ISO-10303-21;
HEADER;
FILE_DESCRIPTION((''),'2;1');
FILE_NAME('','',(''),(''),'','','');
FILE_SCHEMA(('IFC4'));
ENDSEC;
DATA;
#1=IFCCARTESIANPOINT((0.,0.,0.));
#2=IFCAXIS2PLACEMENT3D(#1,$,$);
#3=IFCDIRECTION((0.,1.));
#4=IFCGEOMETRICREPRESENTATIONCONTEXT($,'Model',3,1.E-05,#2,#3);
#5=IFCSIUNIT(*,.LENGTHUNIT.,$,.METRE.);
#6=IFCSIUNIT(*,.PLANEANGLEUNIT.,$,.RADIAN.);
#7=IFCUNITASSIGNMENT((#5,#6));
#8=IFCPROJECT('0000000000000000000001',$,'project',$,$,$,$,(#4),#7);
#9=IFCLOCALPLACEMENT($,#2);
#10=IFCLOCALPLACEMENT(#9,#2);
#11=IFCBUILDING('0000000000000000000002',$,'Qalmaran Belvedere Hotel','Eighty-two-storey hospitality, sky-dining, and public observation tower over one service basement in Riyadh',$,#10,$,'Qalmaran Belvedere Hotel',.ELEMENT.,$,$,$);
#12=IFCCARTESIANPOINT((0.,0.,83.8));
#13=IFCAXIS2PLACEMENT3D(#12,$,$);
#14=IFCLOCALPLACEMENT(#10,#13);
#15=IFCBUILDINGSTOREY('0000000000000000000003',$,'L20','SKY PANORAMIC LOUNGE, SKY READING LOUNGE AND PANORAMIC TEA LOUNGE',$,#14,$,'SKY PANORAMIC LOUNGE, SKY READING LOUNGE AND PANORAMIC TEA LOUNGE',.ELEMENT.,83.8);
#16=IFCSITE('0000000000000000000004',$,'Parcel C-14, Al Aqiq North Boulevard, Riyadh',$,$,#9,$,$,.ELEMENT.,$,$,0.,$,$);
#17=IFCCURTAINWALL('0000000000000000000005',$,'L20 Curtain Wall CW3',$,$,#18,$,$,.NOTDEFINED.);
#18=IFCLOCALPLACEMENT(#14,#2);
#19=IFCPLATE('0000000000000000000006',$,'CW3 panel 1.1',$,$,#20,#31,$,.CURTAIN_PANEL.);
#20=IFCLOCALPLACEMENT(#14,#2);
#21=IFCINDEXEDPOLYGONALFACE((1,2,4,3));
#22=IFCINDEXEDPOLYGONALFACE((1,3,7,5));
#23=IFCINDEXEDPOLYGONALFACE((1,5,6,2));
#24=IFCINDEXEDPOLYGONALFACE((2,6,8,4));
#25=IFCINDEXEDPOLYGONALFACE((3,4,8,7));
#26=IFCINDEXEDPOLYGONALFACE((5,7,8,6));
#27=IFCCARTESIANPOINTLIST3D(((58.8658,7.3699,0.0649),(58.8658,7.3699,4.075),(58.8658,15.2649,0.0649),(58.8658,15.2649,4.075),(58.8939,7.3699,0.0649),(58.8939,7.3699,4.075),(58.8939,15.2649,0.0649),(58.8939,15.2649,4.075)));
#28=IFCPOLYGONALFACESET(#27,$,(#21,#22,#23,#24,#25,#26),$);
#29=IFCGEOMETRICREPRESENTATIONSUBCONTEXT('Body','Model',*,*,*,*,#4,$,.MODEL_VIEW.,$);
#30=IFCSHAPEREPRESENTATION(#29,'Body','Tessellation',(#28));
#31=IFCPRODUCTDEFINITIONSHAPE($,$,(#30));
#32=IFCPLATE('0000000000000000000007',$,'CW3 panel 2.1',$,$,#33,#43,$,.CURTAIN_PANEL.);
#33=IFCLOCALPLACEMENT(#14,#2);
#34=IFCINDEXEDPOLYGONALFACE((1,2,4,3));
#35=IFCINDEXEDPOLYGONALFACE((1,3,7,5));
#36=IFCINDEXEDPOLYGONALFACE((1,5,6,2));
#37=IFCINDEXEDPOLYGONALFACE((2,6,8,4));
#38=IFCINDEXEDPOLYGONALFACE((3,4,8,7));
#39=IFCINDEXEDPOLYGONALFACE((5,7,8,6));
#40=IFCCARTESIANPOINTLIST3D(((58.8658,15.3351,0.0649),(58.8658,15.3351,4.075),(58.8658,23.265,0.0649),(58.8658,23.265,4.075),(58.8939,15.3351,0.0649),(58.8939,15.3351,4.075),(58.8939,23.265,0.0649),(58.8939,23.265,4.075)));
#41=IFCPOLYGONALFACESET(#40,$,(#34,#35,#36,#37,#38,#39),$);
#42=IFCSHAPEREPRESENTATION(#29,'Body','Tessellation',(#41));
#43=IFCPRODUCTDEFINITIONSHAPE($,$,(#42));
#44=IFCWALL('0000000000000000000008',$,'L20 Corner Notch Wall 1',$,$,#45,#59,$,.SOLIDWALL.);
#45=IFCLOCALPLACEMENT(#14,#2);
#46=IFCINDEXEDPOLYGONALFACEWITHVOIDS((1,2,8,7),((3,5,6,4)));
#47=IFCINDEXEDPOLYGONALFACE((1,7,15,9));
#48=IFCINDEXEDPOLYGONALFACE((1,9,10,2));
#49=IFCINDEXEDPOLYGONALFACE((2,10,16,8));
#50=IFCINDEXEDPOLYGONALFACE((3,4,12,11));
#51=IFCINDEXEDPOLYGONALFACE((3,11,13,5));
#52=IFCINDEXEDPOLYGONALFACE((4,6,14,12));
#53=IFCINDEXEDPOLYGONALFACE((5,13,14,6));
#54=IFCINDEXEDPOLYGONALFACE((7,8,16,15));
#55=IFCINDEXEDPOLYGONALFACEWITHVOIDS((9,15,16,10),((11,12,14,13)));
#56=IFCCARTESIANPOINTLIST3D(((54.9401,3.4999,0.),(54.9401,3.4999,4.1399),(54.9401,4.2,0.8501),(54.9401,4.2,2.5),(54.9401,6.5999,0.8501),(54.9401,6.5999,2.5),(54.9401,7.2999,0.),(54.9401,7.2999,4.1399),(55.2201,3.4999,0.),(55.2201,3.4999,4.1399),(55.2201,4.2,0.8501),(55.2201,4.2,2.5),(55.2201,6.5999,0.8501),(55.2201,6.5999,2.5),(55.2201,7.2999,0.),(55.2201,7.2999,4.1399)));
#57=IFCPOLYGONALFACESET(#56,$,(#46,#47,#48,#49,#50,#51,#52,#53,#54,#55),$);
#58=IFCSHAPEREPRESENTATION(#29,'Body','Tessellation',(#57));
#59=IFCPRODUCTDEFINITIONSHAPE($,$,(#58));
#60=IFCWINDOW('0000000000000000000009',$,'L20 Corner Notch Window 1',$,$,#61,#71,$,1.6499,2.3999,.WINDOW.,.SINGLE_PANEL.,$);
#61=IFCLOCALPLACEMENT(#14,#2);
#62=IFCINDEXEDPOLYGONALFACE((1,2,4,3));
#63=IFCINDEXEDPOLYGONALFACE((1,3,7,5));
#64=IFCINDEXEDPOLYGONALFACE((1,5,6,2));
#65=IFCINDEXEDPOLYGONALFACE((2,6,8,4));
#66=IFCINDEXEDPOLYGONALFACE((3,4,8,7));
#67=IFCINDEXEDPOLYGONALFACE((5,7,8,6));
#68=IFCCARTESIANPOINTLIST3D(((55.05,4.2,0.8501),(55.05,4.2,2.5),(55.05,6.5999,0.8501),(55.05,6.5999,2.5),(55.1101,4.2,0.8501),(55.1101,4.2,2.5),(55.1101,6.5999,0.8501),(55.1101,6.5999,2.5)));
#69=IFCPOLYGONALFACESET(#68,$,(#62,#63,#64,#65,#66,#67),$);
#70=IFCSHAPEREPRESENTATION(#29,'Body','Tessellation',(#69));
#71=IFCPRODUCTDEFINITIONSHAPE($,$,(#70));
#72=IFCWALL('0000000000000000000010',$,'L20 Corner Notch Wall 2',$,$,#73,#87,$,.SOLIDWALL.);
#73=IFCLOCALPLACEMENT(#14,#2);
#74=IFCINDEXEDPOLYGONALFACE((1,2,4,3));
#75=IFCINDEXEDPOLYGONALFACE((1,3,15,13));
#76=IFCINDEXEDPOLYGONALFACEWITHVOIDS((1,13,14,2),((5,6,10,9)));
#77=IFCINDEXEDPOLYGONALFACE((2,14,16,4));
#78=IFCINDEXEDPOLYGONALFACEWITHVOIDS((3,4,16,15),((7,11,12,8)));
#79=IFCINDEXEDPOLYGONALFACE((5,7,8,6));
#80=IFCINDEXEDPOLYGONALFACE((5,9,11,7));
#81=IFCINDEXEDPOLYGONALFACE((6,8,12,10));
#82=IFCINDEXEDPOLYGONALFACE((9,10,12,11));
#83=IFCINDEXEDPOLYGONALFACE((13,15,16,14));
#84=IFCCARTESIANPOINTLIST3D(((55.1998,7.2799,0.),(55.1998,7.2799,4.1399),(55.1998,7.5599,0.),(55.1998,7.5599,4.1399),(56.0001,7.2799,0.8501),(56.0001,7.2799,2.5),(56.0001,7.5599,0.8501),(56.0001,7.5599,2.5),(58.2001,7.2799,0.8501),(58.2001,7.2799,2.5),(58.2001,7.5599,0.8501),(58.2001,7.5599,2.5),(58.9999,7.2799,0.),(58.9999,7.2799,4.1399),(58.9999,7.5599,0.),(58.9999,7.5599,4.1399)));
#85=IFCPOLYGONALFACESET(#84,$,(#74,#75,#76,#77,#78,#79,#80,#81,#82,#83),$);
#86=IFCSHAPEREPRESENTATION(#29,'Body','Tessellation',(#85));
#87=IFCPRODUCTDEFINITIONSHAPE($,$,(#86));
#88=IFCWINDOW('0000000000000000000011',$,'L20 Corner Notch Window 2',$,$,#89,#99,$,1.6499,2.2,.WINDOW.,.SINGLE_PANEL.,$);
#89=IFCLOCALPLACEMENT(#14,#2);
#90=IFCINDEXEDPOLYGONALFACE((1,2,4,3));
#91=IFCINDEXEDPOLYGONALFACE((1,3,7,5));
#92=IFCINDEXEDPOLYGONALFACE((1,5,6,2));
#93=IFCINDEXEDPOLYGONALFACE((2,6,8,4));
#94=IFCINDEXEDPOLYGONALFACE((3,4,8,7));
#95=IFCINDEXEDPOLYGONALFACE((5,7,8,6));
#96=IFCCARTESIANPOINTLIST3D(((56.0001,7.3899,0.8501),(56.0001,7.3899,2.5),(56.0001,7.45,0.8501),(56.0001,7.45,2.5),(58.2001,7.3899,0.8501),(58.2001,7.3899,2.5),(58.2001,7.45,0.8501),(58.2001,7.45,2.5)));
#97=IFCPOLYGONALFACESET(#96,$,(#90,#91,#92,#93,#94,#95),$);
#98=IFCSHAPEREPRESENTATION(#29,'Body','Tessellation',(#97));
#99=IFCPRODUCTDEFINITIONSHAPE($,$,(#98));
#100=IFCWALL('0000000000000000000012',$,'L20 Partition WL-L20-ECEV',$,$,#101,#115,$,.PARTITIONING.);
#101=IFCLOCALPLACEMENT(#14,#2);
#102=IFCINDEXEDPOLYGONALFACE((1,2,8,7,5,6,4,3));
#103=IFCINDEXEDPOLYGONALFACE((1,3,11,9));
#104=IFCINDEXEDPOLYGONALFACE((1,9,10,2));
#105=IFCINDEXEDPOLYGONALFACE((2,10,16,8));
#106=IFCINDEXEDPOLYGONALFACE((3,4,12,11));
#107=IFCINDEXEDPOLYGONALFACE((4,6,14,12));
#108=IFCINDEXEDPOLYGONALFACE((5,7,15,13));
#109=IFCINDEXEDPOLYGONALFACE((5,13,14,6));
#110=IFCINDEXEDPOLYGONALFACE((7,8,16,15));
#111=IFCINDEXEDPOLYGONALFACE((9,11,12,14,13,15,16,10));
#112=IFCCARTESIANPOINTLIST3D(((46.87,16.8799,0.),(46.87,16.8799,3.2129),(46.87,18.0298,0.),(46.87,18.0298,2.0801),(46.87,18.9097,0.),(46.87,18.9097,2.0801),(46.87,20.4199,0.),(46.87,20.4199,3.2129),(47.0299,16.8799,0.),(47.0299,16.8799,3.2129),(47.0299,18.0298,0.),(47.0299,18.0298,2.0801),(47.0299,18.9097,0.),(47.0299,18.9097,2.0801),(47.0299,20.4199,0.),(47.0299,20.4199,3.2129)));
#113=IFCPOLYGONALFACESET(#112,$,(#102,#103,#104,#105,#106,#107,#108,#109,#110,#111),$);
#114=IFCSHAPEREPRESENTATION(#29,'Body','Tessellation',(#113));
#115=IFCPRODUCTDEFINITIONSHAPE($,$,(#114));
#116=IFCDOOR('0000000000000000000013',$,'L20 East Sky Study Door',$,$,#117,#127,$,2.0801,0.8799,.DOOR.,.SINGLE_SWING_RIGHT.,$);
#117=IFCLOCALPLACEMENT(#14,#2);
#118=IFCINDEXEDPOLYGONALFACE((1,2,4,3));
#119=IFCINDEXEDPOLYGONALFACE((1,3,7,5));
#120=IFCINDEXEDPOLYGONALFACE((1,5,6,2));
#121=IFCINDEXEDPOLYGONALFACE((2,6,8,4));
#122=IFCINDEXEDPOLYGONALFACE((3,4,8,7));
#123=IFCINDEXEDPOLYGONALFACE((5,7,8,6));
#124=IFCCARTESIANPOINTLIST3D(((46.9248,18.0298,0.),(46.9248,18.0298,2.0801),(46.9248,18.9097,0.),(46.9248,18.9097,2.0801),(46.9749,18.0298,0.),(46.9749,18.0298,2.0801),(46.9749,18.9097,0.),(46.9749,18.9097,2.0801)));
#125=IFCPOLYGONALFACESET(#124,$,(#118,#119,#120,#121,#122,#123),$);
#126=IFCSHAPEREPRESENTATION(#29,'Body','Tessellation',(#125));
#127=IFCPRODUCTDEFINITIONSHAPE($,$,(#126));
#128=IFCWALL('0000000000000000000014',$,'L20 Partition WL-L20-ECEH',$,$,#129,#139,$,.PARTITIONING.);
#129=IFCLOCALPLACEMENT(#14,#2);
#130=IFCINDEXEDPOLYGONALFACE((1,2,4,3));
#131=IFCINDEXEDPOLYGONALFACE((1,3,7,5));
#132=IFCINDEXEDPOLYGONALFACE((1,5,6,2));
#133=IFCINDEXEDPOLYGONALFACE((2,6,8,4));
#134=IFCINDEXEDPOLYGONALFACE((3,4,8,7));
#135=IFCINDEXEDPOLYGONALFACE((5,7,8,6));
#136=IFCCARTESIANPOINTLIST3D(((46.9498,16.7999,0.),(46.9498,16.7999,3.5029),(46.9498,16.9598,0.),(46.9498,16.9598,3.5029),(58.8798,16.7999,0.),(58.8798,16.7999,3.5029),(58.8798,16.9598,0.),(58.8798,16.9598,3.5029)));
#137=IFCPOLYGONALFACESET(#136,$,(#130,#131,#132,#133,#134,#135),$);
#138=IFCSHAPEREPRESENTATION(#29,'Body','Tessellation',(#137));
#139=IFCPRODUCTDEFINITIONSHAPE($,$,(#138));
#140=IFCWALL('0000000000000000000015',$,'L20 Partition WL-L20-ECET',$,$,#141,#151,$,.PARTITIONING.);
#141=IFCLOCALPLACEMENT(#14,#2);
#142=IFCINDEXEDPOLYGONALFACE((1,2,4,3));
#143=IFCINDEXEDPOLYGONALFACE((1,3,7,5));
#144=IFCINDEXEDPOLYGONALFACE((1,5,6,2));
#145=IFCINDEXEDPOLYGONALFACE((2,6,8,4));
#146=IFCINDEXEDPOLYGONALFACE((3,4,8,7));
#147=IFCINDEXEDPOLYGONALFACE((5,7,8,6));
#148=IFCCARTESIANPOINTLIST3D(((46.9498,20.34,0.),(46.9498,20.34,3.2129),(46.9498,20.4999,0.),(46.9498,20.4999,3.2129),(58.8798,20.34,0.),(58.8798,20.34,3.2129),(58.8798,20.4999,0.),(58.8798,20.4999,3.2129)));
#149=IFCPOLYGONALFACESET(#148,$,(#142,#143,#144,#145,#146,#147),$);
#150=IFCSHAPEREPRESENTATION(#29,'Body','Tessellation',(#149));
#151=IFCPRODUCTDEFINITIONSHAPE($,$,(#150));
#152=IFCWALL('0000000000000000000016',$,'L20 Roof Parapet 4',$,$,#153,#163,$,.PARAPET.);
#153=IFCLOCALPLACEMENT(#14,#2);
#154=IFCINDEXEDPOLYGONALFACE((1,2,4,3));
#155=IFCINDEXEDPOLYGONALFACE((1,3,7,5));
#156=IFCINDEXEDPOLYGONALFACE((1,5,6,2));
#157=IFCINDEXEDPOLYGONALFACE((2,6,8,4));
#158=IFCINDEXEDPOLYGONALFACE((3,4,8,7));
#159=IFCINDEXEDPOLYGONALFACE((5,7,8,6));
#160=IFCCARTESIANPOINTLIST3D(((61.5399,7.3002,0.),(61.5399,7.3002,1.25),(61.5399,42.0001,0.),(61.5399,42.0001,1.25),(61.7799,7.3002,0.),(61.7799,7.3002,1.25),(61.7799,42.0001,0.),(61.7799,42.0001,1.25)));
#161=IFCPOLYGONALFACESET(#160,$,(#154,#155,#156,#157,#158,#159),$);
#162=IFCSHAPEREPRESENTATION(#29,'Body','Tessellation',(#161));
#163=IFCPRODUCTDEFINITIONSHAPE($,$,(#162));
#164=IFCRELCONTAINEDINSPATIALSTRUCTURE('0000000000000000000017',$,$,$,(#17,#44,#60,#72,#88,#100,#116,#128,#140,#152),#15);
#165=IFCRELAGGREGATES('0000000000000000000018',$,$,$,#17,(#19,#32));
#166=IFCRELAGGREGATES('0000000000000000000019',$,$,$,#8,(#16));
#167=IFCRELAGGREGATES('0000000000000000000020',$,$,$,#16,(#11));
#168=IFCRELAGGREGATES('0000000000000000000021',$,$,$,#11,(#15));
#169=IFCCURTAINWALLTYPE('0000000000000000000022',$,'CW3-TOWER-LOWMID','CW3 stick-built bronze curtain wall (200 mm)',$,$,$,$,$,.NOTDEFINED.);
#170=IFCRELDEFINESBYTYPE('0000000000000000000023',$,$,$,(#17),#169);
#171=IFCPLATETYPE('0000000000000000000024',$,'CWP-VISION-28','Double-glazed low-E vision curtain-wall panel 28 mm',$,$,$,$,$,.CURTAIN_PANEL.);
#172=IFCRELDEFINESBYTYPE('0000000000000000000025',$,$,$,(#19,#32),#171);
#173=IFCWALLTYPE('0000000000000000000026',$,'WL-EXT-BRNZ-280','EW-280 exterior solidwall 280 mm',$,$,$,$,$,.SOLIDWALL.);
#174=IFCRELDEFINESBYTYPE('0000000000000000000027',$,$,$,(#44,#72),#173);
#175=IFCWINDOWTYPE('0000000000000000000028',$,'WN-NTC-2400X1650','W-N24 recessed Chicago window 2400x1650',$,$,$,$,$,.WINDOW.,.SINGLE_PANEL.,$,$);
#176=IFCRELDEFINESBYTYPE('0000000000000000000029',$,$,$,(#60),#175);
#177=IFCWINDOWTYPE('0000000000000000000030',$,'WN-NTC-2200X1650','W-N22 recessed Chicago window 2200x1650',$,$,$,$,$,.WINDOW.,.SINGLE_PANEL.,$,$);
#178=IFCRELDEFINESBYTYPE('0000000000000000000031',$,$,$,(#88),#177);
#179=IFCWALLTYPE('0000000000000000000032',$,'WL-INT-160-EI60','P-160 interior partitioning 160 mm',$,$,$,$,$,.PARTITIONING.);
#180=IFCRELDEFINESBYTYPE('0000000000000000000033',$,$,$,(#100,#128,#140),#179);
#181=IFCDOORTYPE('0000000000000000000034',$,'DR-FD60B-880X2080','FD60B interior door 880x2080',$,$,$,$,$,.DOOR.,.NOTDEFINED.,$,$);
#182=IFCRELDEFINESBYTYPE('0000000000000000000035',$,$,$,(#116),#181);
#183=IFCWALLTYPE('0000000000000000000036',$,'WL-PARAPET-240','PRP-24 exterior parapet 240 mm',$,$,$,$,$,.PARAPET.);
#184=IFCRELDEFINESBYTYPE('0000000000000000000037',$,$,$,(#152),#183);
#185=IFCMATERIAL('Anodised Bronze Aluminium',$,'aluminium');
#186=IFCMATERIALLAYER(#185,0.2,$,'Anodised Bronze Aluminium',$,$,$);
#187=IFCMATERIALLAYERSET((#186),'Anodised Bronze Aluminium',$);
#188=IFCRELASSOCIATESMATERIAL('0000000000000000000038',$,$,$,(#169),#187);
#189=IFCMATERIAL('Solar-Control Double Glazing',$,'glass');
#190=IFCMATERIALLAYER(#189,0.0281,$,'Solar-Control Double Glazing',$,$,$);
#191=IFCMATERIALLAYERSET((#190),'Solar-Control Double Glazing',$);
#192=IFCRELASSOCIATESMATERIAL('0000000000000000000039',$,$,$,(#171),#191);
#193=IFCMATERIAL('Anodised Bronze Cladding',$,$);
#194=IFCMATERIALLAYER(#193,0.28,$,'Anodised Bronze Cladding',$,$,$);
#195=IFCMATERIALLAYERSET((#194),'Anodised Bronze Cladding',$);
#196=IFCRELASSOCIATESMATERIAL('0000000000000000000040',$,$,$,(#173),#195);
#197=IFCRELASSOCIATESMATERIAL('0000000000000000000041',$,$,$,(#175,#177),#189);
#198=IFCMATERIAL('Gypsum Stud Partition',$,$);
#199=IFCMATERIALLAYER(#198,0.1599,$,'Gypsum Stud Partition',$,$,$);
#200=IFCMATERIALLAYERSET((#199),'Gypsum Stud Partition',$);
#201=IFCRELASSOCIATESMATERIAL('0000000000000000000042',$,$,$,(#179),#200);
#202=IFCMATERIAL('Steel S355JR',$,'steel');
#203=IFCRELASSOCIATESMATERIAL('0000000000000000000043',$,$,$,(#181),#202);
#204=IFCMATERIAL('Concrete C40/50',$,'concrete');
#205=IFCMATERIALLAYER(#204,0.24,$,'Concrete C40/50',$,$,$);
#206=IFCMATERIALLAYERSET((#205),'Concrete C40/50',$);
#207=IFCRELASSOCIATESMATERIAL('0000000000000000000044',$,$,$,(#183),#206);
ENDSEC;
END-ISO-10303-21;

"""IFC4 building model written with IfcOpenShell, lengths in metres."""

from ifc_helpers import new_model, si_unit, direction, frame, frame_2d, origin, origin_2d, place, context, subcontext, project, spatial, rectangle, extrude, material, layer, layer_set, type_object, element, fill, aggregate, save


model = new_model("IFC4")

# Units and contexts
model_context = context("Model", 3, precision=1e-05, world=origin(), true_north=direction((0.0, 1.0)))
body_context = subcontext(model_context, "Body", "Model", "MODEL_VIEW")
ifc_project = project(units=[si_unit("LENGTHUNIT", "METRE"), si_unit("PLANEANGLEUNIT", "RADIAN")], contexts=[model_context])

# Site, building, storey
site_placement = place(None, origin())
site = spatial("IfcSite", under=ifc_project, at=site_placement, Name="Parcel C-14, Al Aqiq North Boulevard, Riyadh", CompositionType="ELEMENT", RefElevation=0.0)
building_placement = place(site_placement, origin())
building = spatial("IfcBuilding", under=site, at=building_placement, Name="Qalmaran Belvedere Hotel", Description="Eighty-two-storey hospitality, sky-dining, and public observation tower over one service basement in Riyadh", LongName="Qalmaran Belvedere Hotel", CompositionType="ELEMENT")
storey_placement = place(building_placement, frame((0.0, 0.0, 83.8)))
storey = spatial("IfcBuildingStorey", under=building, at=storey_placement, Name="L20", Description="SKY PANORAMIC LOUNGE, SKY READING LOUNGE AND PANORAMIC TEA LOUNGE", LongName="SKY PANORAMIC LOUNGE, SKY READING LOUNGE AND PANORAMIC TEA LOUNGE", CompositionType="ELEMENT", Elevation=83.8)

# Shared definitions
ifc_material_1 = material(Name="Steel S355JR", Category="steel")

# Shared definitions
ifc_material_2 = material(Name="Anodised Bronze Aluminium", Category="aluminium")
ifc_layer_1 = layer(ifc_material_2, 0.2, Name="Anodised Bronze Aluminium")
ifc_layer_set_1 = layer_set([ifc_layer_1], Name="Anodised Bronze Aluminium")
curtain_wall_type = type_object("IfcCurtainWallType", Name="CW3-TOWER-LOWMID", Description="CW3 stick-built bronze curtain wall (200 mm)", PredefinedType="NOTDEFINED", material=ifc_layer_set_1)

# Curtain wall
curtain_wall_1_placement = place(storey_placement, origin())
curtain_wall_1 = element("IfcCurtainWall", 1, at=curtain_wall_1_placement, inside=storey, type_object=curtain_wall_type, Name="L20 Curtain Wall CW3", PredefinedType="NOTDEFINED")

# Plates
ifc_material_3 = material(Name="Solar-Control Double Glazing", Category="glass")
ifc_layer_2 = layer(ifc_material_3, 0.0281, Name="Solar-Control Double Glazing")
ifc_layer_set_2 = layer_set([ifc_layer_2], Name="Solar-Control Double Glazing")
plate_type = type_object("IfcPlateType", Name="CWP-VISION-28", Description="Double-glazed low-E vision curtain-wall panel 28 mm", PredefinedType="CURTAIN_PANEL", material=ifc_layer_set_2)
plate_1_placement = place(storey_placement, frame((58.8799, 11.3174, 0.0649), z_axis=(0.0, 0.0, 1.0), x_axis=(0.0, 1.0, 0.0)))
plate_1 = element("IfcPlate", 2, at=plate_1_placement, type_object=plate_type, Name="CW3 panel 1.1", PredefinedType="CURTAIN_PANEL", context=body_context, shape_type="SweptSolid", body=[
    extrude(rectangle(XDim=7.895, YDim=0.0281, at=origin_2d()), origin(), (0.0, 0.0, 1.0), 4.01),
])
plate_2_placement = place(storey_placement, frame((58.8799, 19.3, 0.0649), z_axis=(0.0, 0.0, 1.0), x_axis=(0.0, 1.0, 0.0)))
plate_2 = element("IfcPlate", 3, at=plate_2_placement, type_object=plate_type, Name="CW3 panel 2.1", PredefinedType="CURTAIN_PANEL", context=body_context, shape_type="SweptSolid", body=[
    extrude(rectangle(XDim=7.9299, YDim=0.0281, at=origin_2d()), origin(), (0.0, 0.0, 1.0), 4.01),
])
aggregate(curtain_wall_1, [plate_1, plate_2])

# Walls, openings, windows
ifc_material_4 = material(Name="Anodised Bronze Cladding")
ifc_layer_3 = layer(ifc_material_4, 0.28, Name="Anodised Bronze Cladding")
ifc_layer_set_3 = layer_set([ifc_layer_3], Name="Anodised Bronze Cladding")
wall_type_1 = type_object("IfcWallType", Name="WL-EXT-BRNZ-280", Description="EW-280 exterior solidwall 280 mm", PredefinedType="SOLIDWALL", material=ifc_layer_set_3)
wall_1_placement = place(storey_placement, frame((55.0801, 3.5, 0.0), z_axis=(0.0, 0.0, 1.0), x_axis=(0.0, 1.0, 0.0)))
wall_1 = element("IfcWall", 4, at=wall_1_placement, inside=storey, type_object=wall_type_1, Name="L20 Corner Notch Wall 1", PredefinedType="SOLIDWALL", context=body_context, shape_type="SweptSolid", body=[
    extrude(rectangle(XDim=3.8, YDim=0.28, at=frame_2d((1.8999, 0.0))), origin(), (0.0, 0.0, 1.0), 4.1399),
])
opening_1_placement = place(wall_1_placement, frame((0.7, 0.0, 0.8501)))
opening_1 = element("IfcOpeningElement", 5, at=opening_1_placement, cuts=wall_1, PredefinedType="OPENING", context=body_context, shape_type="SweptSolid", body=[
    extrude(rectangle(XDim=2.3999, YDim=1.6499, at=frame_2d((1.2, 0.825))), frame((0.0, 0.1499, 0.0), z_axis=(0.0, -1.0, 0.0), x_axis=(1.0, 0.0, 0.0)), (0.0, 0.0, 1.0), 0.3),
])
window_type_1 = type_object("IfcWindowType", Name="WN-NTC-2400X1650", Description="W-N24 recessed Chicago window 2400x1650", PartitioningType="SINGLE_PANEL", PredefinedType="WINDOW", material=ifc_material_3)
window_1_placement = place(opening_1_placement, origin())
window_1 = element("IfcWindow", 6, at=window_1_placement, inside=storey, type_object=window_type_1, Name="L20 Corner Notch Window 1", OverallHeight=1.6499, OverallWidth=2.3999, PartitioningType="SINGLE_PANEL", PredefinedType="WINDOW", context=body_context, shape_type="SweptSolid", body=[
    extrude(rectangle(XDim=2.3999, YDim=1.6499, at=frame_2d((1.2, 0.825))), frame((0.0, 0.03, 0.0), z_axis=(0.0, -1.0, 0.0), x_axis=(1.0, 0.0, 0.0)), (0.0, 0.0, 1.0), 0.0601),
])
fill(opening_1, window_1)
wall_2_placement = place(storey_placement, frame((55.2, 7.4199, 0.0), z_axis=(0.0, 0.0, 1.0), x_axis=(1.0, 0.0, 0.0)))
wall_2 = element("IfcWall", 7, at=wall_2_placement, inside=storey, type_object=wall_type_1, Name="L20 Corner Notch Wall 2", PredefinedType="SOLIDWALL", context=body_context, shape_type="SweptSolid", body=[
    extrude(rectangle(XDim=3.8, YDim=0.28, at=frame_2d((1.8999, 0.0))), origin(), (0.0, 0.0, 1.0), 4.1399),
])
opening_2_placement = place(wall_2_placement, frame((0.8, 0.0, 0.8501)))
opening_2 = element("IfcOpeningElement", 8, at=opening_2_placement, cuts=wall_2, PredefinedType="OPENING", context=body_context, shape_type="SweptSolid", body=[
    extrude(rectangle(XDim=2.2, YDim=1.6499, at=frame_2d((1.1001, 0.825))), frame((0.0, 0.1499, 0.0), z_axis=(0.0, -1.0, 0.0), x_axis=(1.0, 0.0, 0.0)), (0.0, 0.0, 1.0), 0.3),
])
window_type_2 = type_object("IfcWindowType", Name="WN-NTC-2200X1650", Description="W-N22 recessed Chicago window 2200x1650", PartitioningType="SINGLE_PANEL", PredefinedType="WINDOW", material=ifc_material_3)
window_2_placement = place(opening_2_placement, origin())
window_2 = element("IfcWindow", 9, at=window_2_placement, inside=storey, type_object=window_type_2, Name="L20 Corner Notch Window 2", OverallHeight=1.6499, OverallWidth=2.2, PartitioningType="SINGLE_PANEL", PredefinedType="WINDOW", context=body_context, shape_type="SweptSolid", body=[
    extrude(rectangle(XDim=2.2, YDim=1.6499, at=frame_2d((1.1001, 0.825))), frame((0.0, 0.03, 0.0), z_axis=(0.0, -1.0, 0.0), x_axis=(1.0, 0.0, 0.0)), (0.0, 0.0, 1.0), 0.0601),
])
fill(opening_2, window_2)

# Wall, opening, door
ifc_material_5 = material(Name="Gypsum Stud Partition")
ifc_layer_4 = layer(ifc_material_5, 0.1599, Name="Gypsum Stud Partition")
ifc_layer_set_4 = layer_set([ifc_layer_4], Name="Gypsum Stud Partition")
wall_type_2 = type_object("IfcWallType", Name="WL-INT-160-EI60", Description="P-160 interior partitioning 160 mm", PredefinedType="PARTITIONING", material=ifc_layer_set_4)
wall_3_placement = place(storey_placement, frame((46.95, 16.8799, 0.0), z_axis=(0.0, 0.0, 1.0), x_axis=(0.0, 1.0, 0.0)))
wall_3 = element("IfcWall", 10, at=wall_3_placement, inside=storey, type_object=wall_type_2, Name="L20 Partition WL-L20-ECEV", PredefinedType="PARTITIONING", context=body_context, shape_type="SweptSolid", body=[
    extrude(rectangle(XDim=3.54, YDim=0.1599, at=frame_2d((1.77, 0.0))), origin(), (0.0, 0.0, 1.0), 3.2129),
])
opening_3_placement = place(wall_3_placement, frame((2.0298, 0.0, 0.0), z_axis=(0.0, 0.0, 1.0), x_axis=(-1.0, 0.0, 0.0)))
opening_3 = element("IfcOpeningElement", 11, at=opening_3_placement, cuts=wall_3, PredefinedType="OPENING", context=body_context, shape_type="SweptSolid", body=[
    extrude(rectangle(XDim=0.8799, YDim=2.0801, at=frame_2d((0.4399, 1.04))), frame((0.0, 0.0898, 0.0), z_axis=(0.0, -1.0, 0.0), x_axis=(1.0, 0.0, 0.0)), (0.0, 0.0, 1.0), 0.1799),
])
door_type = type_object("IfcDoorType", Name="DR-FD60B-880X2080", Description="FD60B interior door 880x2080", OperationType="NOTDEFINED", PredefinedType="DOOR", material=ifc_material_1)
door_placement = place(opening_3_placement, origin())
door = element("IfcDoor", 12, at=door_placement, inside=storey, type_object=door_type, Name="L20 East Sky Study Door", OperationType="SINGLE_SWING_RIGHT", OverallHeight=2.0801, OverallWidth=0.8799, PredefinedType="DOOR", context=body_context, shape_type="SweptSolid", body=[
    extrude(rectangle(XDim=0.8799, YDim=2.0801, at=frame_2d((0.4399, 1.04))), frame((0.0, 0.0249, 0.0), z_axis=(0.0, -1.0, 0.0), x_axis=(1.0, 0.0, 0.0)), (0.0, 0.0, 1.0), 0.05),
])
fill(opening_3, door)

# Walls
wall_4_placement = place(storey_placement, frame((46.95, 16.8799, 0.0), z_axis=(0.0, 0.0, 1.0), x_axis=(1.0, 0.0, 0.0)))
element("IfcWall", 13, at=wall_4_placement, inside=storey, type_object=wall_type_2, Name="L20 Partition WL-L20-ECEH", PredefinedType="PARTITIONING", context=body_context, shape_type="SweptSolid", body=[
    extrude(rectangle(XDim=11.9299, YDim=0.1599, at=frame_2d((5.9648, 0.0))), origin(), (0.0, 0.0, 1.0), 3.5029),
])
wall_5_placement = place(storey_placement, frame((46.95, 20.4199, 0.0), z_axis=(0.0, 0.0, 1.0), x_axis=(1.0, 0.0, 0.0)))
element("IfcWall", 14, at=wall_5_placement, inside=storey, type_object=wall_type_2, Name="L20 Partition WL-L20-ECET", PredefinedType="PARTITIONING", context=body_context, shape_type="SweptSolid", body=[
    extrude(rectangle(XDim=11.9299, YDim=0.1599, at=frame_2d((5.9648, 0.0))), origin(), (0.0, 0.0, 1.0), 3.2129),
])
ifc_material_6 = material(Name="Concrete C40/50", Category="concrete")
ifc_layer_5 = layer(ifc_material_6, 0.24, Name="Concrete C40/50")
ifc_layer_set_5 = layer_set([ifc_layer_5], Name="Concrete C40/50")
wall_type_3 = type_object("IfcWallType", Name="WL-PARAPET-240", Description="PRP-24 exterior parapet 240 mm", PredefinedType="PARAPET", material=ifc_layer_set_5)
wall_6_placement = place(storey_placement, frame((61.6599, 7.3, 0.0), z_axis=(0.0, 0.0, 1.0), x_axis=(0.0, 1.0, 0.0)))
element("IfcWall", 15, at=wall_6_placement, inside=storey, type_object=wall_type_3, Name="L20 Roof Parapet 4", PredefinedType="PARAPET", context=body_context, shape_type="SweptSolid", body=[
    extrude(rectangle(XDim=34.7, YDim=0.24, at=frame_2d((17.3501, 0.0))), origin(), (0.0, 0.0, 1.0), 1.25),
])

save(model, "model.ifc")
